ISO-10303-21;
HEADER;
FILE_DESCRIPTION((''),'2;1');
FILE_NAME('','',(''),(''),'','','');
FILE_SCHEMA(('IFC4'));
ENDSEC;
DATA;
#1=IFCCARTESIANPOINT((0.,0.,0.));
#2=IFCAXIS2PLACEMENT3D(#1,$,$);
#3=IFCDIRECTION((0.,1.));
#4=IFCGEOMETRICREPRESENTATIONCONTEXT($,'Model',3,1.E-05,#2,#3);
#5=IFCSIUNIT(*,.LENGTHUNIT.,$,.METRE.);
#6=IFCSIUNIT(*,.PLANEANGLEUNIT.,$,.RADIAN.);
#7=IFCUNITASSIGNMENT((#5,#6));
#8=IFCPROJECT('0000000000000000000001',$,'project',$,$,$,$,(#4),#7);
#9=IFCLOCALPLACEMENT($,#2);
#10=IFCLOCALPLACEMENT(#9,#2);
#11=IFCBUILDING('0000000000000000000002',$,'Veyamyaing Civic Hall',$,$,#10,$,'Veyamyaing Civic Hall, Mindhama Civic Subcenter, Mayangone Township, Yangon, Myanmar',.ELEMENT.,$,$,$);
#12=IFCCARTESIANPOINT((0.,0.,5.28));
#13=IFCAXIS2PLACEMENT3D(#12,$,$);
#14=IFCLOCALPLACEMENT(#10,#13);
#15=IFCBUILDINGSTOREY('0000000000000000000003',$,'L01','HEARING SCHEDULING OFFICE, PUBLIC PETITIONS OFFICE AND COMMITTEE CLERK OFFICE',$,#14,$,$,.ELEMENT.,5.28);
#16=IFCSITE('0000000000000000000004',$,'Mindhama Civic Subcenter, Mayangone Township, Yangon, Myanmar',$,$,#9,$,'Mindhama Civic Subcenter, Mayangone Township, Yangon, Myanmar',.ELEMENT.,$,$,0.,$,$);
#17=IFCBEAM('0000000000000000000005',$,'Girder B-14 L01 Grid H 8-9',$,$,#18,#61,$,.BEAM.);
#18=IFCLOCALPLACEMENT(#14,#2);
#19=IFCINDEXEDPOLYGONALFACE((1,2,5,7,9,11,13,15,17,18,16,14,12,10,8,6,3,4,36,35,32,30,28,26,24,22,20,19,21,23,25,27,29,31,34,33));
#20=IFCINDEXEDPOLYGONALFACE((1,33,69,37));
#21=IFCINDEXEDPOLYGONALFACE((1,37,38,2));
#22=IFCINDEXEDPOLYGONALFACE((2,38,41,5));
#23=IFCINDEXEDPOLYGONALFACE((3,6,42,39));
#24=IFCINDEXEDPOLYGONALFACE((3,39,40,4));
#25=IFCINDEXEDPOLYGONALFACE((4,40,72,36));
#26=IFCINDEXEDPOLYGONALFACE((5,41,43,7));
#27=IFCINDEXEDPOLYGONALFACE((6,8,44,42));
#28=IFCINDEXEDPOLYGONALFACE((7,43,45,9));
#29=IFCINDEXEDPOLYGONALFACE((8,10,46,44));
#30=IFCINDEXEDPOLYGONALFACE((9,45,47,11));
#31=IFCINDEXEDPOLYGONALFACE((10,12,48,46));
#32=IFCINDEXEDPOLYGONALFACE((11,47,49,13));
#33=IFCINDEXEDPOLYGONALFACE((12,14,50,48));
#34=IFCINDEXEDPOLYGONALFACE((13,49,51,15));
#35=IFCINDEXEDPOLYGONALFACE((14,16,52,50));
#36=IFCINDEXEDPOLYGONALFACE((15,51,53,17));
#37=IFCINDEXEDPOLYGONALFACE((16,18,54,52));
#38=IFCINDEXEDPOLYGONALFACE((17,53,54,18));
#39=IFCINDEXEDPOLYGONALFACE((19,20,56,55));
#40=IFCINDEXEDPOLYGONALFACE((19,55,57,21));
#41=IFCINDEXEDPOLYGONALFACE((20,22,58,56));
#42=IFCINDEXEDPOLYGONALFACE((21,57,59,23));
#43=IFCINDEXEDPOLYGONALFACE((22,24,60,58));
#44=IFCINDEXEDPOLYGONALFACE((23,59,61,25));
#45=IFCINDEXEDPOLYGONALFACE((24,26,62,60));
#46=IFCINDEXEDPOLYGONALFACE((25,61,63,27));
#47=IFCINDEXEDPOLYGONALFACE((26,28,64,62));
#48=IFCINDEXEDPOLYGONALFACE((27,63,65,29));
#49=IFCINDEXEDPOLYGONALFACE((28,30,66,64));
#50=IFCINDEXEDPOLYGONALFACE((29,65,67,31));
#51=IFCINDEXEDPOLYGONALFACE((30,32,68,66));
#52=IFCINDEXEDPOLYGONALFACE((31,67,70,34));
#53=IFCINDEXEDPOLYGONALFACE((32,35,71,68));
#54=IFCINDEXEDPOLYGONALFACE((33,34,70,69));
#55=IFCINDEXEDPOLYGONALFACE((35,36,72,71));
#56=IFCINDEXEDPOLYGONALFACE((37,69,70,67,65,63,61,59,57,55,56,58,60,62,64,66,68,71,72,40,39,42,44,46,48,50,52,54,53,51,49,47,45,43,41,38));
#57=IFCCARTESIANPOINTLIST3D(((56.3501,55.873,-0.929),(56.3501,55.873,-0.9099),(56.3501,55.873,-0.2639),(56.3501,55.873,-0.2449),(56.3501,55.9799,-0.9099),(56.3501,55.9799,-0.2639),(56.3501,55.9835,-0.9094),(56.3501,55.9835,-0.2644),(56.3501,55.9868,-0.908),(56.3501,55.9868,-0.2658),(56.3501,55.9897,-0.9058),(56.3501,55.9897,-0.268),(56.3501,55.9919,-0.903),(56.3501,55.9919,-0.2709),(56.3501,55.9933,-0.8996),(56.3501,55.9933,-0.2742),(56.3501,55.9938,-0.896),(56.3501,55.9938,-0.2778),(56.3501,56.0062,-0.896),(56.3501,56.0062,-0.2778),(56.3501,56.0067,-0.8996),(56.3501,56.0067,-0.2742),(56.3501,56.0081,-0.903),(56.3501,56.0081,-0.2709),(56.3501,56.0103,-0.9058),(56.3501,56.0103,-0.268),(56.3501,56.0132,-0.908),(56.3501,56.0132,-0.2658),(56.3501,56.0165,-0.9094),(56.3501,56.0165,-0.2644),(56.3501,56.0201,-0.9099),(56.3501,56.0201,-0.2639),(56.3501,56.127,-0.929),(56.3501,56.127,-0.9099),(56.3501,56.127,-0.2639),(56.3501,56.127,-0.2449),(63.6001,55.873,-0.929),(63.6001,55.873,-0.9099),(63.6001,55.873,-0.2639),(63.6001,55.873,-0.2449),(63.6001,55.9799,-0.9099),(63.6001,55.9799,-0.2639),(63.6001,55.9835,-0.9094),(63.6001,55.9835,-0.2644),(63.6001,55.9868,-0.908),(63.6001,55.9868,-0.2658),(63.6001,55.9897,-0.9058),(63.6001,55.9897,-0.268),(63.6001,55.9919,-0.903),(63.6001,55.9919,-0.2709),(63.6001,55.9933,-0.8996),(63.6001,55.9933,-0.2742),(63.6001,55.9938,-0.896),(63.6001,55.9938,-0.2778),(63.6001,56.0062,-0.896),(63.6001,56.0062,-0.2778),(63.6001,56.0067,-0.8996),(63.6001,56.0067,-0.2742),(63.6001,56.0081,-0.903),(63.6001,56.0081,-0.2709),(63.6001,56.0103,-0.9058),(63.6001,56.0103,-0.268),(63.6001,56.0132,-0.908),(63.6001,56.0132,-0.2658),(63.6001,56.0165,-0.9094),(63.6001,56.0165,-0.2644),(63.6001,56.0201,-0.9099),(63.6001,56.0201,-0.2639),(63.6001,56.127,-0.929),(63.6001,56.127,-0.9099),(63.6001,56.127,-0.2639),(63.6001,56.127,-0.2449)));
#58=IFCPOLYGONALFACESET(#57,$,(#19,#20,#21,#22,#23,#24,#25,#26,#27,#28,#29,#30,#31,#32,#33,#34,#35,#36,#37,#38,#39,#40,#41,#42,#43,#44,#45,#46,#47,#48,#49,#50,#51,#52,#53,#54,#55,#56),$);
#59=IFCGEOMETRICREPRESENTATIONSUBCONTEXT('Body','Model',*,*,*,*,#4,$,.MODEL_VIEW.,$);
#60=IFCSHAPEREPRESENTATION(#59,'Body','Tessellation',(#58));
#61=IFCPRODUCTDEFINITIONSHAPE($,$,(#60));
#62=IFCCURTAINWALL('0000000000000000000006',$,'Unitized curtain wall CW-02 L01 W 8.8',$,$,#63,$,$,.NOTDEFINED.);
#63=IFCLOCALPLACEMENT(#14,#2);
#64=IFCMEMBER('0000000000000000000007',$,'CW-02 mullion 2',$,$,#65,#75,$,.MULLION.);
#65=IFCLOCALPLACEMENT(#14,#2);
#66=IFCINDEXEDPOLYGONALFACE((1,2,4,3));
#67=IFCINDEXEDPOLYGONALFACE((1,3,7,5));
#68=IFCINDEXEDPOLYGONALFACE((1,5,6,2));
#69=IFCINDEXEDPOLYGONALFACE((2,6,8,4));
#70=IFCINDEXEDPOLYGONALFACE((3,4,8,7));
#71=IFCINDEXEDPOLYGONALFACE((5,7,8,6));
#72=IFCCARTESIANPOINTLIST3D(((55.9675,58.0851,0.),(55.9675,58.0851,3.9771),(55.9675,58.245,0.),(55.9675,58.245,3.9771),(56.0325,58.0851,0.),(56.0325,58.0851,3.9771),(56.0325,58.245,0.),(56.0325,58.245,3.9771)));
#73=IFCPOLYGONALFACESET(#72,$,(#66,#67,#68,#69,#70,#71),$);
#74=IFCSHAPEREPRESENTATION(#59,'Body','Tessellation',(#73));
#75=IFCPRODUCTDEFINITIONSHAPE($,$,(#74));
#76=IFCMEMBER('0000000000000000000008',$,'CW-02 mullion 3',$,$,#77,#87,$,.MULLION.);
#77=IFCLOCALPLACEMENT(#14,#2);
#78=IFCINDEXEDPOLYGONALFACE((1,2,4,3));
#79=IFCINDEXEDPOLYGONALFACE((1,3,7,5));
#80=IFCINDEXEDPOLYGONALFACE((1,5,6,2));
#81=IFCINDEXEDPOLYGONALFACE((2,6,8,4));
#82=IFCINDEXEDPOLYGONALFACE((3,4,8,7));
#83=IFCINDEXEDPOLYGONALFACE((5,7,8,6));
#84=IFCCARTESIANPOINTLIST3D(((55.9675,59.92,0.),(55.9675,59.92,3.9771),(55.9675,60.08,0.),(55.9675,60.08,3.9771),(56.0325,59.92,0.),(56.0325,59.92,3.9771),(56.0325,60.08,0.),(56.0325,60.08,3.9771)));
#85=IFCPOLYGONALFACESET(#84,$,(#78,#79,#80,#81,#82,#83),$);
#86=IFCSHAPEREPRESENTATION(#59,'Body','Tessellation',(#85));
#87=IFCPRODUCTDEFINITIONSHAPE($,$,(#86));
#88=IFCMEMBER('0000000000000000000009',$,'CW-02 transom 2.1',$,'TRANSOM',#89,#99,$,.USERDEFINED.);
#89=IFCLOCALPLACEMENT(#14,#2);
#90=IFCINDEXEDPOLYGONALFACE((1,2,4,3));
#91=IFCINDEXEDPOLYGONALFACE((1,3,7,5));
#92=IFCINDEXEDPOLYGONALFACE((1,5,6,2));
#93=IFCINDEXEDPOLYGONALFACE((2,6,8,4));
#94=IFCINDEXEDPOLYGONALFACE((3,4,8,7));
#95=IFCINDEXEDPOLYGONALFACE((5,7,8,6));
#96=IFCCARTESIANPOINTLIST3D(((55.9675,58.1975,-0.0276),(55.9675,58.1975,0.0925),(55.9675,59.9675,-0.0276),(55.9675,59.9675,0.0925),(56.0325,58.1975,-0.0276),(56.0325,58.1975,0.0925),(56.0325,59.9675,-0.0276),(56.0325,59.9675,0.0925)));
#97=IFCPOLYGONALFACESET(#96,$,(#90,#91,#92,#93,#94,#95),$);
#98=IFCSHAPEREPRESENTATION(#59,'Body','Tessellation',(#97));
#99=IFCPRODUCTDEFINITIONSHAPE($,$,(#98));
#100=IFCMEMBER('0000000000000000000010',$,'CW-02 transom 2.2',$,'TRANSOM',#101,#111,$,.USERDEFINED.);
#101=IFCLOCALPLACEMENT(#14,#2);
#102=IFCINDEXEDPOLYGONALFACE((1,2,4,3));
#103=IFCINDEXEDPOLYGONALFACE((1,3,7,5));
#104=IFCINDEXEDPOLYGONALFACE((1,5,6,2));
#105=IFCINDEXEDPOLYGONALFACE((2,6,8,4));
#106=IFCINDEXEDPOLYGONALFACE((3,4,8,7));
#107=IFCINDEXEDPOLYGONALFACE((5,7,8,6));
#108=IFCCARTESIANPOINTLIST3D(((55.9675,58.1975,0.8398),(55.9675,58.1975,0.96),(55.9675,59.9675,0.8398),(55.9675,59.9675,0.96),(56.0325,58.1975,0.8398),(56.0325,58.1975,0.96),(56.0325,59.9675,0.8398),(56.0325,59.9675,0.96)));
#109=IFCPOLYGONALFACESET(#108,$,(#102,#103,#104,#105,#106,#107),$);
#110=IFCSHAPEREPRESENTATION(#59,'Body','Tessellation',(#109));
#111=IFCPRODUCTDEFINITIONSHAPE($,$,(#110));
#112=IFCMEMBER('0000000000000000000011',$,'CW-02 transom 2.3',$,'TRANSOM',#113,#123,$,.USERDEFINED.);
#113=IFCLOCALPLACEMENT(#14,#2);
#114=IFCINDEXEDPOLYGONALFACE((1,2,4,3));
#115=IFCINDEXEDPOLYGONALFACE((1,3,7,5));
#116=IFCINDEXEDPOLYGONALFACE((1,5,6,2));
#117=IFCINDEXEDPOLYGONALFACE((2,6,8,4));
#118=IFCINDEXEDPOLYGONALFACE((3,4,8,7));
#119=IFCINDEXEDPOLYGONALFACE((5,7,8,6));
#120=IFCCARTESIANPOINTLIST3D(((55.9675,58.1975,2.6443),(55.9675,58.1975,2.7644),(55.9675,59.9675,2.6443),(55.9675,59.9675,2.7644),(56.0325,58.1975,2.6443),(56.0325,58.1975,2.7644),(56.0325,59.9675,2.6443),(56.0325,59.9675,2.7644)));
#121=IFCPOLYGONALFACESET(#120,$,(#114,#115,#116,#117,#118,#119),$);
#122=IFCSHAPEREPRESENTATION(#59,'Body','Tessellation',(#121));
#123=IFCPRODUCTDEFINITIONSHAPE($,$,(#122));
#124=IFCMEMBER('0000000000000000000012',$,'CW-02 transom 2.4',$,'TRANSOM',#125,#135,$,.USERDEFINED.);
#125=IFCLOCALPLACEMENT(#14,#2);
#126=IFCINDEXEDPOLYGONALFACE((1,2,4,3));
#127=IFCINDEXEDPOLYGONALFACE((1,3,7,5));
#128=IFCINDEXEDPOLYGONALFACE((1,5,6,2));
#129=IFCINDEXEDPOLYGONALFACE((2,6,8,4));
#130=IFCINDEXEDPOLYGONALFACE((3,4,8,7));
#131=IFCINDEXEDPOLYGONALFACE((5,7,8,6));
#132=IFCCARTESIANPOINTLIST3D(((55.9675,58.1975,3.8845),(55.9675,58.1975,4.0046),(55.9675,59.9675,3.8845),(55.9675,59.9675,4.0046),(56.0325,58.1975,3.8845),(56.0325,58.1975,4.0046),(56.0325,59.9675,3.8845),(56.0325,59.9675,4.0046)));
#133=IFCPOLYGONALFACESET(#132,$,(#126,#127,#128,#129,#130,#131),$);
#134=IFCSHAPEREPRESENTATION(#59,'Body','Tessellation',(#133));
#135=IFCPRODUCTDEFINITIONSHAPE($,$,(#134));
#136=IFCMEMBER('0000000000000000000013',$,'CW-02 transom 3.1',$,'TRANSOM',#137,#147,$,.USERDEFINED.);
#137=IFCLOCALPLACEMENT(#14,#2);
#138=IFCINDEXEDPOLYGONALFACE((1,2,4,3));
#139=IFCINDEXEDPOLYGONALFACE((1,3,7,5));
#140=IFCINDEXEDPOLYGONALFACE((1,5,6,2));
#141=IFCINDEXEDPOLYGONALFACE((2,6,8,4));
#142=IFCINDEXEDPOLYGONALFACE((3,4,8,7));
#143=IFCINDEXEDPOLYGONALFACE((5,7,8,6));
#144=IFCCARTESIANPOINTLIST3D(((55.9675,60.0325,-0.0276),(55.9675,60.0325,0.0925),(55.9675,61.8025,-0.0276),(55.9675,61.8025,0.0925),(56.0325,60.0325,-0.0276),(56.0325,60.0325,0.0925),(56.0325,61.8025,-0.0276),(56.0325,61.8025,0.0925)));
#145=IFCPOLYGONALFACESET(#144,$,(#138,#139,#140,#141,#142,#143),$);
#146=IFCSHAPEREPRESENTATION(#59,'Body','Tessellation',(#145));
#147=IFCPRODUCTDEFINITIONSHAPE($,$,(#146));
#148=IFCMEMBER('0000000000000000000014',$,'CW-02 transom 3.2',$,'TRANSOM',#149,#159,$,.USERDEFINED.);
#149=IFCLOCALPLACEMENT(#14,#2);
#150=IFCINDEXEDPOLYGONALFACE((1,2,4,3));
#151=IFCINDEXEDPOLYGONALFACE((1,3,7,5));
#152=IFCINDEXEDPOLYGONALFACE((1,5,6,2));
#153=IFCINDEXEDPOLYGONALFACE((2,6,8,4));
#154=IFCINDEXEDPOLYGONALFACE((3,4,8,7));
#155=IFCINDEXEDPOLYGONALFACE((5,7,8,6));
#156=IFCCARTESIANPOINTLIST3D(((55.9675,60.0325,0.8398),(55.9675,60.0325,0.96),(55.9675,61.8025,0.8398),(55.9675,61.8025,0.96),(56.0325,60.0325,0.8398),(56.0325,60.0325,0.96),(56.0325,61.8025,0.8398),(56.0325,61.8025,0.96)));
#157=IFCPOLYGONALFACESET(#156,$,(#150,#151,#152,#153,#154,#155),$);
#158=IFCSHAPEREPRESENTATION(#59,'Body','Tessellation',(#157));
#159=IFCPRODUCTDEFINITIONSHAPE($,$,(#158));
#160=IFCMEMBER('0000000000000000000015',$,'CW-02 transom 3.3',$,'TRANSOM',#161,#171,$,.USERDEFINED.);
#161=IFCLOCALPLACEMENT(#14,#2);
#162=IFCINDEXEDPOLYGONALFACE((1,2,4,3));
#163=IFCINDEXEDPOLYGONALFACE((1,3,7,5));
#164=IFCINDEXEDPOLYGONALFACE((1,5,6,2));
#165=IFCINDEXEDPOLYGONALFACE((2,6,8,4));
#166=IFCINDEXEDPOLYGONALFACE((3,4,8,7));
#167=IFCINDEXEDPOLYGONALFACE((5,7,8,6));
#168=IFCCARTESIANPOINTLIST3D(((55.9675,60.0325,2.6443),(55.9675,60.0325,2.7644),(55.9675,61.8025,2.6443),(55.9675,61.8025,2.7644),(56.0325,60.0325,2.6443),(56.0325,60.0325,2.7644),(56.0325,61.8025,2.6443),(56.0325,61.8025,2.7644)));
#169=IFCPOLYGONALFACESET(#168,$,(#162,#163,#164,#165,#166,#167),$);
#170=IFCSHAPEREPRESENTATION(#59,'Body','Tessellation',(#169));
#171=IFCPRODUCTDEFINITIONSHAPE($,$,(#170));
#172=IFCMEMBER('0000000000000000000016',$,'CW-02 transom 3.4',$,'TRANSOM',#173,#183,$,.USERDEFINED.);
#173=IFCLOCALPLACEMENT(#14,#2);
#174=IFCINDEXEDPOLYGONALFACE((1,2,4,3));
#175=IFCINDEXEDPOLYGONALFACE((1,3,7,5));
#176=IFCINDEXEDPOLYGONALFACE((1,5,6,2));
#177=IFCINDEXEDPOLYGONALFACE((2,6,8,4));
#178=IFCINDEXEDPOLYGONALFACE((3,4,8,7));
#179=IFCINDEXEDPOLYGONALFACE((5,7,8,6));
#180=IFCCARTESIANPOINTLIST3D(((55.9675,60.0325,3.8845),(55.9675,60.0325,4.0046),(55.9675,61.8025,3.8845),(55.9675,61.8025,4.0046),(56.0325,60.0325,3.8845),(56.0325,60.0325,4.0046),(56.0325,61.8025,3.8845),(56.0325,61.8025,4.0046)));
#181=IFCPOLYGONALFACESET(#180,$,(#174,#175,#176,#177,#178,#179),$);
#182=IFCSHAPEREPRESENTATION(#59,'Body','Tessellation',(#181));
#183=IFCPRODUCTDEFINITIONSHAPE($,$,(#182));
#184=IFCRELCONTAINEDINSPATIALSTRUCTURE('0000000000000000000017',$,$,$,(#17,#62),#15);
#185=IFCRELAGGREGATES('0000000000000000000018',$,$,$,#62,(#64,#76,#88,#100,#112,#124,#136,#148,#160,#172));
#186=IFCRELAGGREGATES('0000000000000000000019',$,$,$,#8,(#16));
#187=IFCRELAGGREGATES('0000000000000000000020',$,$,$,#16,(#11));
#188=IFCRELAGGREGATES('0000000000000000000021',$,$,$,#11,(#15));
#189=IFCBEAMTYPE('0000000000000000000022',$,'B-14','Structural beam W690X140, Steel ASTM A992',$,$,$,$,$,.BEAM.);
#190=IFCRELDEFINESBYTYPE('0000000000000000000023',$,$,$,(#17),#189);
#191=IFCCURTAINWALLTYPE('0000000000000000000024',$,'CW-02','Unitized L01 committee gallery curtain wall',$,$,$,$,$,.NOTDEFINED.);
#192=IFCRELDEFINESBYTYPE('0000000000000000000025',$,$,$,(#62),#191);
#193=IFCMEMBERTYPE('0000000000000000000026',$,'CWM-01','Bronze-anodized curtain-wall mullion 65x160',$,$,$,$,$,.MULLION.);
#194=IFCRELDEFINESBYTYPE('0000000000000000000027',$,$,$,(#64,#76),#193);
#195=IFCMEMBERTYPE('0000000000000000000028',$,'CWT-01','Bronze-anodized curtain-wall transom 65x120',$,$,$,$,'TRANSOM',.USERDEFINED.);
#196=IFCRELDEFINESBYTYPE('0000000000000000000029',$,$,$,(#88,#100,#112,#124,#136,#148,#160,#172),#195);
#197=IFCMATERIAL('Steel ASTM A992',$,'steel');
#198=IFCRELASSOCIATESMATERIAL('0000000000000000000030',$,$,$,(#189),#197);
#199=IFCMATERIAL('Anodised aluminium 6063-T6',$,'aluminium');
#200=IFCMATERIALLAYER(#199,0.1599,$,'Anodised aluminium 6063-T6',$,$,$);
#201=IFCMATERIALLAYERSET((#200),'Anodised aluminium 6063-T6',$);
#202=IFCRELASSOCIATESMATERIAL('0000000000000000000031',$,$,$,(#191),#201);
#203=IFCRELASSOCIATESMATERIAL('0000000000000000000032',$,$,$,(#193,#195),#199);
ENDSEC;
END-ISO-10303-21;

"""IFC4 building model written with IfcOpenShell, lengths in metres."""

from ifc_helpers import new_model, si_unit, direction, frame, origin, origin_2d, place, context, subcontext, project, spatial, rectangle, i_section, extrude, material, layer, layer_set, material_profile, profile_set, type_object, element, aggregate, save


model = new_model("IFC4")

# Units and contexts
model_context = context("Model", 3, precision=1e-05, world=origin(), true_north=direction((0.0, 1.0)))
body_context = subcontext(model_context, "Body", "Model", "MODEL_VIEW")
ifc_project = project(units=[si_unit("LENGTHUNIT", "METRE"), si_unit("PLANEANGLEUNIT", "RADIAN")], contexts=[model_context])

# Site, building, storey
site_placement = place(None, origin())
site = spatial("IfcSite", under=ifc_project, at=site_placement, Name="Mindhama Civic Subcenter, Mayangone Township, Yangon, Myanmar", LongName="Mindhama Civic Subcenter, Mayangone Township, Yangon, Myanmar", CompositionType="ELEMENT", RefElevation=0.0)
building_placement = place(site_placement, origin())
building = spatial("IfcBuilding", under=site, at=building_placement, Name="Veyamyaing Civic Hall", LongName="Veyamyaing Civic Hall, Mindhama Civic Subcenter, Mayangone Township, Yangon, Myanmar", CompositionType="ELEMENT")
storey_placement = place(building_placement, frame((0.0, 0.0, 5.28)))
storey = spatial("IfcBuildingStorey", under=building, at=storey_placement, Name="L01", Description="HEARING SCHEDULING OFFICE, PUBLIC PETITIONS OFFICE AND COMMITTEE CLERK OFFICE", CompositionType="ELEMENT", Elevation=5.28)

# Beam
ifc_material_1 = material(Name="Steel ASTM A992", Category="steel")
ifc_material_profile_1 = material_profile(ifc_material_1, i_section(OverallWidth=0.2539, OverallDepth=0.6841, WebThickness=0.0125, FlangeThickness=0.019, FilletRadius=0.0139, at=origin_2d()), Name="W690X140")
ifc_profile_set_1 = profile_set([ifc_material_profile_1], Name="Steel ASTM A992")
beam_type_1 = type_object("IfcBeamType", Name="B-14", Description="Structural beam W690X140, Steel ASTM A992", PredefinedType="BEAM", material=ifc_profile_set_1)
beam_1_placement = place(storey_placement, frame((56.3501, 56.0, -0.5869), z_axis=(1.0, 0.0, 0.0), x_axis=(0.0, 1.0, 0.0)))
element("IfcBeam", 1, at=beam_1_placement, inside=storey, type_object=beam_type_1, Name="Girder B-14 L01 Grid H 8-9", PredefinedType="BEAM", context=body_context, shape_type="SweptSolid", body=[
    extrude(i_section(OverallWidth=0.2539, OverallDepth=0.6841, WebThickness=0.0125, FlangeThickness=0.019, FilletRadius=0.0139, at=origin_2d()), origin(), (0.0, 0.0, 1.0), 7.25),
])

# Curtain wall, members
ifc_material_2 = material(Name="Anodised aluminium 6063-T6", Category="aluminium")
ifc_layer_1 = layer(ifc_material_2, 0.1599, Name="Anodised aluminium 6063-T6")
ifc_layer_set_1 = layer_set([ifc_layer_1], Name="Anodised aluminium 6063-T6")
curtain_wall_type = type_object("IfcCurtainWallType", Name="CW-02", Description="Unitized L01 committee gallery curtain wall", PredefinedType="NOTDEFINED", material=ifc_layer_set_1)
curtain_wall_placement = place(storey_placement, origin())
curtain_wall = element("IfcCurtainWall", 2, at=curtain_wall_placement, inside=storey, type_object=curtain_wall_type, Name="Unitized curtain wall CW-02 L01 W 8.8", PredefinedType="NOTDEFINED")
ifc_material_profile_2 = material_profile(ifc_material_2, rectangle(XDim=0.0649, YDim=0.1599, at=origin_2d()), Name="ALU-MUL-65X160")
ifc_profile_set_2 = profile_set([ifc_material_profile_2], Name="Anodised aluminium 6063-T6")
member_type_1 = type_object("IfcMemberType", Name="CWM-01", Description="Bronze-anodized curtain-wall mullion 65x160", PredefinedType="MULLION", material=ifc_profile_set_2)
member_1_placement = place(storey_placement, frame((56.0, 58.165, 0.0), z_axis=(0.0, 0.0, 1.0), x_axis=(-1.0, 0.0, 0.0)))
member_1 = element("IfcMember", 3, at=member_1_placement, type_object=member_type_1, Name="CW-02 mullion 2", PredefinedType="MULLION", context=body_context, shape_type="SweptSolid", body=[
    extrude(rectangle(XDim=0.0649, YDim=0.1599, at=origin_2d()), origin(), (0.0, 0.0, 1.0), 3.9771),
])
member_2_placement = place(storey_placement, frame((56.0, 60.0, 0.0), z_axis=(0.0, 0.0, 1.0), x_axis=(-1.0, 0.0, 0.0)))
member_2 = element("IfcMember", 4, at=member_2_placement, type_object=member_type_1, Name="CW-02 mullion 3", PredefinedType="MULLION", context=body_context, shape_type="SweptSolid", body=[
    extrude(rectangle(XDim=0.0649, YDim=0.1599, at=origin_2d()), origin(), (0.0, 0.0, 1.0), 3.9771),
])
ifc_material_profile_3 = material_profile(ifc_material_2, rectangle(XDim=0.0649, YDim=0.1201, at=origin_2d()), Name="ALU-TRN-65X120")
ifc_profile_set_3 = profile_set([ifc_material_profile_3], Name="Anodised aluminium 6063-T6")
member_type_2 = type_object("IfcMemberType", Name="CWT-01", Description="Bronze-anodized curtain-wall transom 65x120", ElementType="TRANSOM", PredefinedType="USERDEFINED", material=ifc_profile_set_3)
member_3_placement = place(storey_placement, frame((56.0, 58.1975, 0.0325), z_axis=(0.0, 1.0, 0.0), x_axis=(-1.0, 0.0, 0.0)))
member_3 = element("IfcMember", 5, at=member_3_placement, type_object=member_type_2, Name="CW-02 transom 2.1", ObjectType="TRANSOM", PredefinedType="USERDEFINED", context=body_context, shape_type="SweptSolid", body=[
    extrude(rectangle(XDim=0.0649, YDim=0.1201, at=origin_2d()), origin(), (0.0, 0.0, 1.0), 1.77),
])
member_4_placement = place(storey_placement, frame((56.0, 58.1975, 0.8999), z_axis=(0.0, 1.0, 0.0), x_axis=(-1.0, 0.0, 0.0)))
member_4 = element("IfcMember", 6, at=member_4_placement, type_object=member_type_2, Name="CW-02 transom 2.2", ObjectType="TRANSOM", PredefinedType="USERDEFINED", context=body_context, shape_type="SweptSolid", body=[
    extrude(rectangle(XDim=0.0649, YDim=0.1201, at=origin_2d()), origin(), (0.0, 0.0, 1.0), 1.77),
])
member_5_placement = place(storey_placement, frame((56.0, 58.1975, 2.7043), z_axis=(0.0, 1.0, 0.0), x_axis=(-1.0, 0.0, 0.0)))
member_5 = element("IfcMember", 7, at=member_5_placement, type_object=member_type_2, Name="CW-02 transom 2.3", ObjectType="TRANSOM", PredefinedType="USERDEFINED", context=body_context, shape_type="SweptSolid", body=[
    extrude(rectangle(XDim=0.0649, YDim=0.1201, at=origin_2d()), origin(), (0.0, 0.0, 1.0), 1.77),
])
member_6_placement = place(storey_placement, frame((56.0, 58.1975, 3.9446), z_axis=(0.0, 1.0, 0.0), x_axis=(-1.0, 0.0, 0.0)))
member_6 = element("IfcMember", 8, at=member_6_placement, type_object=member_type_2, Name="CW-02 transom 2.4", ObjectType="TRANSOM", PredefinedType="USERDEFINED", context=body_context, shape_type="SweptSolid", body=[
    extrude(rectangle(XDim=0.0649, YDim=0.1201, at=origin_2d()), origin(), (0.0, 0.0, 1.0), 1.77),
])
member_7_placement = place(storey_placement, frame((56.0, 60.0325, 0.0325), z_axis=(0.0, 1.0, 0.0), x_axis=(-1.0, 0.0, 0.0)))
member_7 = element("IfcMember", 9, at=member_7_placement, type_object=member_type_2, Name="CW-02 transom 3.1", ObjectType="TRANSOM", PredefinedType="USERDEFINED", context=body_context, shape_type="SweptSolid", body=[
    extrude(rectangle(XDim=0.0649, YDim=0.1201, at=origin_2d()), origin(), (0.0, 0.0, 1.0), 1.77),
])
member_8_placement = place(storey_placement, frame((56.0, 60.0325, 0.8999), z_axis=(0.0, 1.0, 0.0), x_axis=(-1.0, 0.0, 0.0)))
member_8 = element("IfcMember", 10, at=member_8_placement, type_object=member_type_2, Name="CW-02 transom 3.2", ObjectType="TRANSOM", PredefinedType="USERDEFINED", context=body_context, shape_type="SweptSolid", body=[
    extrude(rectangle(XDim=0.0649, YDim=0.1201, at=origin_2d()), origin(), (0.0, 0.0, 1.0), 1.77),
])
member_9_placement = place(storey_placement, frame((56.0, 60.0325, 2.7043), z_axis=(0.0, 1.0, 0.0), x_axis=(-1.0, 0.0, 0.0)))
member_9 = element("IfcMember", 11, at=member_9_placement, type_object=member_type_2, Name="CW-02 transom 3.3", ObjectType="TRANSOM", PredefinedType="USERDEFINED", context=body_context, shape_type="SweptSolid", body=[
    extrude(rectangle(XDim=0.0649, YDim=0.1201, at=origin_2d()), origin(), (0.0, 0.0, 1.0), 1.77),
])
member_10_placement = place(storey_placement, frame((56.0, 60.0325, 3.9446), z_axis=(0.0, 1.0, 0.0), x_axis=(-1.0, 0.0, 0.0)))
member_10 = element("IfcMember", 12, at=member_10_placement, type_object=member_type_2, Name="CW-02 transom 3.4", ObjectType="TRANSOM", PredefinedType="USERDEFINED", context=body_context, shape_type="SweptSolid", body=[
    extrude(rectangle(XDim=0.0649, YDim=0.1201, at=origin_2d()), origin(), (0.0, 0.0, 1.0), 1.77),
])

aggregate(curtain_wall, [member_1, member_2, member_3, member_4, member_5, member_6, member_7, member_8, member_9, member_10])

save(model, "model.ifc")
